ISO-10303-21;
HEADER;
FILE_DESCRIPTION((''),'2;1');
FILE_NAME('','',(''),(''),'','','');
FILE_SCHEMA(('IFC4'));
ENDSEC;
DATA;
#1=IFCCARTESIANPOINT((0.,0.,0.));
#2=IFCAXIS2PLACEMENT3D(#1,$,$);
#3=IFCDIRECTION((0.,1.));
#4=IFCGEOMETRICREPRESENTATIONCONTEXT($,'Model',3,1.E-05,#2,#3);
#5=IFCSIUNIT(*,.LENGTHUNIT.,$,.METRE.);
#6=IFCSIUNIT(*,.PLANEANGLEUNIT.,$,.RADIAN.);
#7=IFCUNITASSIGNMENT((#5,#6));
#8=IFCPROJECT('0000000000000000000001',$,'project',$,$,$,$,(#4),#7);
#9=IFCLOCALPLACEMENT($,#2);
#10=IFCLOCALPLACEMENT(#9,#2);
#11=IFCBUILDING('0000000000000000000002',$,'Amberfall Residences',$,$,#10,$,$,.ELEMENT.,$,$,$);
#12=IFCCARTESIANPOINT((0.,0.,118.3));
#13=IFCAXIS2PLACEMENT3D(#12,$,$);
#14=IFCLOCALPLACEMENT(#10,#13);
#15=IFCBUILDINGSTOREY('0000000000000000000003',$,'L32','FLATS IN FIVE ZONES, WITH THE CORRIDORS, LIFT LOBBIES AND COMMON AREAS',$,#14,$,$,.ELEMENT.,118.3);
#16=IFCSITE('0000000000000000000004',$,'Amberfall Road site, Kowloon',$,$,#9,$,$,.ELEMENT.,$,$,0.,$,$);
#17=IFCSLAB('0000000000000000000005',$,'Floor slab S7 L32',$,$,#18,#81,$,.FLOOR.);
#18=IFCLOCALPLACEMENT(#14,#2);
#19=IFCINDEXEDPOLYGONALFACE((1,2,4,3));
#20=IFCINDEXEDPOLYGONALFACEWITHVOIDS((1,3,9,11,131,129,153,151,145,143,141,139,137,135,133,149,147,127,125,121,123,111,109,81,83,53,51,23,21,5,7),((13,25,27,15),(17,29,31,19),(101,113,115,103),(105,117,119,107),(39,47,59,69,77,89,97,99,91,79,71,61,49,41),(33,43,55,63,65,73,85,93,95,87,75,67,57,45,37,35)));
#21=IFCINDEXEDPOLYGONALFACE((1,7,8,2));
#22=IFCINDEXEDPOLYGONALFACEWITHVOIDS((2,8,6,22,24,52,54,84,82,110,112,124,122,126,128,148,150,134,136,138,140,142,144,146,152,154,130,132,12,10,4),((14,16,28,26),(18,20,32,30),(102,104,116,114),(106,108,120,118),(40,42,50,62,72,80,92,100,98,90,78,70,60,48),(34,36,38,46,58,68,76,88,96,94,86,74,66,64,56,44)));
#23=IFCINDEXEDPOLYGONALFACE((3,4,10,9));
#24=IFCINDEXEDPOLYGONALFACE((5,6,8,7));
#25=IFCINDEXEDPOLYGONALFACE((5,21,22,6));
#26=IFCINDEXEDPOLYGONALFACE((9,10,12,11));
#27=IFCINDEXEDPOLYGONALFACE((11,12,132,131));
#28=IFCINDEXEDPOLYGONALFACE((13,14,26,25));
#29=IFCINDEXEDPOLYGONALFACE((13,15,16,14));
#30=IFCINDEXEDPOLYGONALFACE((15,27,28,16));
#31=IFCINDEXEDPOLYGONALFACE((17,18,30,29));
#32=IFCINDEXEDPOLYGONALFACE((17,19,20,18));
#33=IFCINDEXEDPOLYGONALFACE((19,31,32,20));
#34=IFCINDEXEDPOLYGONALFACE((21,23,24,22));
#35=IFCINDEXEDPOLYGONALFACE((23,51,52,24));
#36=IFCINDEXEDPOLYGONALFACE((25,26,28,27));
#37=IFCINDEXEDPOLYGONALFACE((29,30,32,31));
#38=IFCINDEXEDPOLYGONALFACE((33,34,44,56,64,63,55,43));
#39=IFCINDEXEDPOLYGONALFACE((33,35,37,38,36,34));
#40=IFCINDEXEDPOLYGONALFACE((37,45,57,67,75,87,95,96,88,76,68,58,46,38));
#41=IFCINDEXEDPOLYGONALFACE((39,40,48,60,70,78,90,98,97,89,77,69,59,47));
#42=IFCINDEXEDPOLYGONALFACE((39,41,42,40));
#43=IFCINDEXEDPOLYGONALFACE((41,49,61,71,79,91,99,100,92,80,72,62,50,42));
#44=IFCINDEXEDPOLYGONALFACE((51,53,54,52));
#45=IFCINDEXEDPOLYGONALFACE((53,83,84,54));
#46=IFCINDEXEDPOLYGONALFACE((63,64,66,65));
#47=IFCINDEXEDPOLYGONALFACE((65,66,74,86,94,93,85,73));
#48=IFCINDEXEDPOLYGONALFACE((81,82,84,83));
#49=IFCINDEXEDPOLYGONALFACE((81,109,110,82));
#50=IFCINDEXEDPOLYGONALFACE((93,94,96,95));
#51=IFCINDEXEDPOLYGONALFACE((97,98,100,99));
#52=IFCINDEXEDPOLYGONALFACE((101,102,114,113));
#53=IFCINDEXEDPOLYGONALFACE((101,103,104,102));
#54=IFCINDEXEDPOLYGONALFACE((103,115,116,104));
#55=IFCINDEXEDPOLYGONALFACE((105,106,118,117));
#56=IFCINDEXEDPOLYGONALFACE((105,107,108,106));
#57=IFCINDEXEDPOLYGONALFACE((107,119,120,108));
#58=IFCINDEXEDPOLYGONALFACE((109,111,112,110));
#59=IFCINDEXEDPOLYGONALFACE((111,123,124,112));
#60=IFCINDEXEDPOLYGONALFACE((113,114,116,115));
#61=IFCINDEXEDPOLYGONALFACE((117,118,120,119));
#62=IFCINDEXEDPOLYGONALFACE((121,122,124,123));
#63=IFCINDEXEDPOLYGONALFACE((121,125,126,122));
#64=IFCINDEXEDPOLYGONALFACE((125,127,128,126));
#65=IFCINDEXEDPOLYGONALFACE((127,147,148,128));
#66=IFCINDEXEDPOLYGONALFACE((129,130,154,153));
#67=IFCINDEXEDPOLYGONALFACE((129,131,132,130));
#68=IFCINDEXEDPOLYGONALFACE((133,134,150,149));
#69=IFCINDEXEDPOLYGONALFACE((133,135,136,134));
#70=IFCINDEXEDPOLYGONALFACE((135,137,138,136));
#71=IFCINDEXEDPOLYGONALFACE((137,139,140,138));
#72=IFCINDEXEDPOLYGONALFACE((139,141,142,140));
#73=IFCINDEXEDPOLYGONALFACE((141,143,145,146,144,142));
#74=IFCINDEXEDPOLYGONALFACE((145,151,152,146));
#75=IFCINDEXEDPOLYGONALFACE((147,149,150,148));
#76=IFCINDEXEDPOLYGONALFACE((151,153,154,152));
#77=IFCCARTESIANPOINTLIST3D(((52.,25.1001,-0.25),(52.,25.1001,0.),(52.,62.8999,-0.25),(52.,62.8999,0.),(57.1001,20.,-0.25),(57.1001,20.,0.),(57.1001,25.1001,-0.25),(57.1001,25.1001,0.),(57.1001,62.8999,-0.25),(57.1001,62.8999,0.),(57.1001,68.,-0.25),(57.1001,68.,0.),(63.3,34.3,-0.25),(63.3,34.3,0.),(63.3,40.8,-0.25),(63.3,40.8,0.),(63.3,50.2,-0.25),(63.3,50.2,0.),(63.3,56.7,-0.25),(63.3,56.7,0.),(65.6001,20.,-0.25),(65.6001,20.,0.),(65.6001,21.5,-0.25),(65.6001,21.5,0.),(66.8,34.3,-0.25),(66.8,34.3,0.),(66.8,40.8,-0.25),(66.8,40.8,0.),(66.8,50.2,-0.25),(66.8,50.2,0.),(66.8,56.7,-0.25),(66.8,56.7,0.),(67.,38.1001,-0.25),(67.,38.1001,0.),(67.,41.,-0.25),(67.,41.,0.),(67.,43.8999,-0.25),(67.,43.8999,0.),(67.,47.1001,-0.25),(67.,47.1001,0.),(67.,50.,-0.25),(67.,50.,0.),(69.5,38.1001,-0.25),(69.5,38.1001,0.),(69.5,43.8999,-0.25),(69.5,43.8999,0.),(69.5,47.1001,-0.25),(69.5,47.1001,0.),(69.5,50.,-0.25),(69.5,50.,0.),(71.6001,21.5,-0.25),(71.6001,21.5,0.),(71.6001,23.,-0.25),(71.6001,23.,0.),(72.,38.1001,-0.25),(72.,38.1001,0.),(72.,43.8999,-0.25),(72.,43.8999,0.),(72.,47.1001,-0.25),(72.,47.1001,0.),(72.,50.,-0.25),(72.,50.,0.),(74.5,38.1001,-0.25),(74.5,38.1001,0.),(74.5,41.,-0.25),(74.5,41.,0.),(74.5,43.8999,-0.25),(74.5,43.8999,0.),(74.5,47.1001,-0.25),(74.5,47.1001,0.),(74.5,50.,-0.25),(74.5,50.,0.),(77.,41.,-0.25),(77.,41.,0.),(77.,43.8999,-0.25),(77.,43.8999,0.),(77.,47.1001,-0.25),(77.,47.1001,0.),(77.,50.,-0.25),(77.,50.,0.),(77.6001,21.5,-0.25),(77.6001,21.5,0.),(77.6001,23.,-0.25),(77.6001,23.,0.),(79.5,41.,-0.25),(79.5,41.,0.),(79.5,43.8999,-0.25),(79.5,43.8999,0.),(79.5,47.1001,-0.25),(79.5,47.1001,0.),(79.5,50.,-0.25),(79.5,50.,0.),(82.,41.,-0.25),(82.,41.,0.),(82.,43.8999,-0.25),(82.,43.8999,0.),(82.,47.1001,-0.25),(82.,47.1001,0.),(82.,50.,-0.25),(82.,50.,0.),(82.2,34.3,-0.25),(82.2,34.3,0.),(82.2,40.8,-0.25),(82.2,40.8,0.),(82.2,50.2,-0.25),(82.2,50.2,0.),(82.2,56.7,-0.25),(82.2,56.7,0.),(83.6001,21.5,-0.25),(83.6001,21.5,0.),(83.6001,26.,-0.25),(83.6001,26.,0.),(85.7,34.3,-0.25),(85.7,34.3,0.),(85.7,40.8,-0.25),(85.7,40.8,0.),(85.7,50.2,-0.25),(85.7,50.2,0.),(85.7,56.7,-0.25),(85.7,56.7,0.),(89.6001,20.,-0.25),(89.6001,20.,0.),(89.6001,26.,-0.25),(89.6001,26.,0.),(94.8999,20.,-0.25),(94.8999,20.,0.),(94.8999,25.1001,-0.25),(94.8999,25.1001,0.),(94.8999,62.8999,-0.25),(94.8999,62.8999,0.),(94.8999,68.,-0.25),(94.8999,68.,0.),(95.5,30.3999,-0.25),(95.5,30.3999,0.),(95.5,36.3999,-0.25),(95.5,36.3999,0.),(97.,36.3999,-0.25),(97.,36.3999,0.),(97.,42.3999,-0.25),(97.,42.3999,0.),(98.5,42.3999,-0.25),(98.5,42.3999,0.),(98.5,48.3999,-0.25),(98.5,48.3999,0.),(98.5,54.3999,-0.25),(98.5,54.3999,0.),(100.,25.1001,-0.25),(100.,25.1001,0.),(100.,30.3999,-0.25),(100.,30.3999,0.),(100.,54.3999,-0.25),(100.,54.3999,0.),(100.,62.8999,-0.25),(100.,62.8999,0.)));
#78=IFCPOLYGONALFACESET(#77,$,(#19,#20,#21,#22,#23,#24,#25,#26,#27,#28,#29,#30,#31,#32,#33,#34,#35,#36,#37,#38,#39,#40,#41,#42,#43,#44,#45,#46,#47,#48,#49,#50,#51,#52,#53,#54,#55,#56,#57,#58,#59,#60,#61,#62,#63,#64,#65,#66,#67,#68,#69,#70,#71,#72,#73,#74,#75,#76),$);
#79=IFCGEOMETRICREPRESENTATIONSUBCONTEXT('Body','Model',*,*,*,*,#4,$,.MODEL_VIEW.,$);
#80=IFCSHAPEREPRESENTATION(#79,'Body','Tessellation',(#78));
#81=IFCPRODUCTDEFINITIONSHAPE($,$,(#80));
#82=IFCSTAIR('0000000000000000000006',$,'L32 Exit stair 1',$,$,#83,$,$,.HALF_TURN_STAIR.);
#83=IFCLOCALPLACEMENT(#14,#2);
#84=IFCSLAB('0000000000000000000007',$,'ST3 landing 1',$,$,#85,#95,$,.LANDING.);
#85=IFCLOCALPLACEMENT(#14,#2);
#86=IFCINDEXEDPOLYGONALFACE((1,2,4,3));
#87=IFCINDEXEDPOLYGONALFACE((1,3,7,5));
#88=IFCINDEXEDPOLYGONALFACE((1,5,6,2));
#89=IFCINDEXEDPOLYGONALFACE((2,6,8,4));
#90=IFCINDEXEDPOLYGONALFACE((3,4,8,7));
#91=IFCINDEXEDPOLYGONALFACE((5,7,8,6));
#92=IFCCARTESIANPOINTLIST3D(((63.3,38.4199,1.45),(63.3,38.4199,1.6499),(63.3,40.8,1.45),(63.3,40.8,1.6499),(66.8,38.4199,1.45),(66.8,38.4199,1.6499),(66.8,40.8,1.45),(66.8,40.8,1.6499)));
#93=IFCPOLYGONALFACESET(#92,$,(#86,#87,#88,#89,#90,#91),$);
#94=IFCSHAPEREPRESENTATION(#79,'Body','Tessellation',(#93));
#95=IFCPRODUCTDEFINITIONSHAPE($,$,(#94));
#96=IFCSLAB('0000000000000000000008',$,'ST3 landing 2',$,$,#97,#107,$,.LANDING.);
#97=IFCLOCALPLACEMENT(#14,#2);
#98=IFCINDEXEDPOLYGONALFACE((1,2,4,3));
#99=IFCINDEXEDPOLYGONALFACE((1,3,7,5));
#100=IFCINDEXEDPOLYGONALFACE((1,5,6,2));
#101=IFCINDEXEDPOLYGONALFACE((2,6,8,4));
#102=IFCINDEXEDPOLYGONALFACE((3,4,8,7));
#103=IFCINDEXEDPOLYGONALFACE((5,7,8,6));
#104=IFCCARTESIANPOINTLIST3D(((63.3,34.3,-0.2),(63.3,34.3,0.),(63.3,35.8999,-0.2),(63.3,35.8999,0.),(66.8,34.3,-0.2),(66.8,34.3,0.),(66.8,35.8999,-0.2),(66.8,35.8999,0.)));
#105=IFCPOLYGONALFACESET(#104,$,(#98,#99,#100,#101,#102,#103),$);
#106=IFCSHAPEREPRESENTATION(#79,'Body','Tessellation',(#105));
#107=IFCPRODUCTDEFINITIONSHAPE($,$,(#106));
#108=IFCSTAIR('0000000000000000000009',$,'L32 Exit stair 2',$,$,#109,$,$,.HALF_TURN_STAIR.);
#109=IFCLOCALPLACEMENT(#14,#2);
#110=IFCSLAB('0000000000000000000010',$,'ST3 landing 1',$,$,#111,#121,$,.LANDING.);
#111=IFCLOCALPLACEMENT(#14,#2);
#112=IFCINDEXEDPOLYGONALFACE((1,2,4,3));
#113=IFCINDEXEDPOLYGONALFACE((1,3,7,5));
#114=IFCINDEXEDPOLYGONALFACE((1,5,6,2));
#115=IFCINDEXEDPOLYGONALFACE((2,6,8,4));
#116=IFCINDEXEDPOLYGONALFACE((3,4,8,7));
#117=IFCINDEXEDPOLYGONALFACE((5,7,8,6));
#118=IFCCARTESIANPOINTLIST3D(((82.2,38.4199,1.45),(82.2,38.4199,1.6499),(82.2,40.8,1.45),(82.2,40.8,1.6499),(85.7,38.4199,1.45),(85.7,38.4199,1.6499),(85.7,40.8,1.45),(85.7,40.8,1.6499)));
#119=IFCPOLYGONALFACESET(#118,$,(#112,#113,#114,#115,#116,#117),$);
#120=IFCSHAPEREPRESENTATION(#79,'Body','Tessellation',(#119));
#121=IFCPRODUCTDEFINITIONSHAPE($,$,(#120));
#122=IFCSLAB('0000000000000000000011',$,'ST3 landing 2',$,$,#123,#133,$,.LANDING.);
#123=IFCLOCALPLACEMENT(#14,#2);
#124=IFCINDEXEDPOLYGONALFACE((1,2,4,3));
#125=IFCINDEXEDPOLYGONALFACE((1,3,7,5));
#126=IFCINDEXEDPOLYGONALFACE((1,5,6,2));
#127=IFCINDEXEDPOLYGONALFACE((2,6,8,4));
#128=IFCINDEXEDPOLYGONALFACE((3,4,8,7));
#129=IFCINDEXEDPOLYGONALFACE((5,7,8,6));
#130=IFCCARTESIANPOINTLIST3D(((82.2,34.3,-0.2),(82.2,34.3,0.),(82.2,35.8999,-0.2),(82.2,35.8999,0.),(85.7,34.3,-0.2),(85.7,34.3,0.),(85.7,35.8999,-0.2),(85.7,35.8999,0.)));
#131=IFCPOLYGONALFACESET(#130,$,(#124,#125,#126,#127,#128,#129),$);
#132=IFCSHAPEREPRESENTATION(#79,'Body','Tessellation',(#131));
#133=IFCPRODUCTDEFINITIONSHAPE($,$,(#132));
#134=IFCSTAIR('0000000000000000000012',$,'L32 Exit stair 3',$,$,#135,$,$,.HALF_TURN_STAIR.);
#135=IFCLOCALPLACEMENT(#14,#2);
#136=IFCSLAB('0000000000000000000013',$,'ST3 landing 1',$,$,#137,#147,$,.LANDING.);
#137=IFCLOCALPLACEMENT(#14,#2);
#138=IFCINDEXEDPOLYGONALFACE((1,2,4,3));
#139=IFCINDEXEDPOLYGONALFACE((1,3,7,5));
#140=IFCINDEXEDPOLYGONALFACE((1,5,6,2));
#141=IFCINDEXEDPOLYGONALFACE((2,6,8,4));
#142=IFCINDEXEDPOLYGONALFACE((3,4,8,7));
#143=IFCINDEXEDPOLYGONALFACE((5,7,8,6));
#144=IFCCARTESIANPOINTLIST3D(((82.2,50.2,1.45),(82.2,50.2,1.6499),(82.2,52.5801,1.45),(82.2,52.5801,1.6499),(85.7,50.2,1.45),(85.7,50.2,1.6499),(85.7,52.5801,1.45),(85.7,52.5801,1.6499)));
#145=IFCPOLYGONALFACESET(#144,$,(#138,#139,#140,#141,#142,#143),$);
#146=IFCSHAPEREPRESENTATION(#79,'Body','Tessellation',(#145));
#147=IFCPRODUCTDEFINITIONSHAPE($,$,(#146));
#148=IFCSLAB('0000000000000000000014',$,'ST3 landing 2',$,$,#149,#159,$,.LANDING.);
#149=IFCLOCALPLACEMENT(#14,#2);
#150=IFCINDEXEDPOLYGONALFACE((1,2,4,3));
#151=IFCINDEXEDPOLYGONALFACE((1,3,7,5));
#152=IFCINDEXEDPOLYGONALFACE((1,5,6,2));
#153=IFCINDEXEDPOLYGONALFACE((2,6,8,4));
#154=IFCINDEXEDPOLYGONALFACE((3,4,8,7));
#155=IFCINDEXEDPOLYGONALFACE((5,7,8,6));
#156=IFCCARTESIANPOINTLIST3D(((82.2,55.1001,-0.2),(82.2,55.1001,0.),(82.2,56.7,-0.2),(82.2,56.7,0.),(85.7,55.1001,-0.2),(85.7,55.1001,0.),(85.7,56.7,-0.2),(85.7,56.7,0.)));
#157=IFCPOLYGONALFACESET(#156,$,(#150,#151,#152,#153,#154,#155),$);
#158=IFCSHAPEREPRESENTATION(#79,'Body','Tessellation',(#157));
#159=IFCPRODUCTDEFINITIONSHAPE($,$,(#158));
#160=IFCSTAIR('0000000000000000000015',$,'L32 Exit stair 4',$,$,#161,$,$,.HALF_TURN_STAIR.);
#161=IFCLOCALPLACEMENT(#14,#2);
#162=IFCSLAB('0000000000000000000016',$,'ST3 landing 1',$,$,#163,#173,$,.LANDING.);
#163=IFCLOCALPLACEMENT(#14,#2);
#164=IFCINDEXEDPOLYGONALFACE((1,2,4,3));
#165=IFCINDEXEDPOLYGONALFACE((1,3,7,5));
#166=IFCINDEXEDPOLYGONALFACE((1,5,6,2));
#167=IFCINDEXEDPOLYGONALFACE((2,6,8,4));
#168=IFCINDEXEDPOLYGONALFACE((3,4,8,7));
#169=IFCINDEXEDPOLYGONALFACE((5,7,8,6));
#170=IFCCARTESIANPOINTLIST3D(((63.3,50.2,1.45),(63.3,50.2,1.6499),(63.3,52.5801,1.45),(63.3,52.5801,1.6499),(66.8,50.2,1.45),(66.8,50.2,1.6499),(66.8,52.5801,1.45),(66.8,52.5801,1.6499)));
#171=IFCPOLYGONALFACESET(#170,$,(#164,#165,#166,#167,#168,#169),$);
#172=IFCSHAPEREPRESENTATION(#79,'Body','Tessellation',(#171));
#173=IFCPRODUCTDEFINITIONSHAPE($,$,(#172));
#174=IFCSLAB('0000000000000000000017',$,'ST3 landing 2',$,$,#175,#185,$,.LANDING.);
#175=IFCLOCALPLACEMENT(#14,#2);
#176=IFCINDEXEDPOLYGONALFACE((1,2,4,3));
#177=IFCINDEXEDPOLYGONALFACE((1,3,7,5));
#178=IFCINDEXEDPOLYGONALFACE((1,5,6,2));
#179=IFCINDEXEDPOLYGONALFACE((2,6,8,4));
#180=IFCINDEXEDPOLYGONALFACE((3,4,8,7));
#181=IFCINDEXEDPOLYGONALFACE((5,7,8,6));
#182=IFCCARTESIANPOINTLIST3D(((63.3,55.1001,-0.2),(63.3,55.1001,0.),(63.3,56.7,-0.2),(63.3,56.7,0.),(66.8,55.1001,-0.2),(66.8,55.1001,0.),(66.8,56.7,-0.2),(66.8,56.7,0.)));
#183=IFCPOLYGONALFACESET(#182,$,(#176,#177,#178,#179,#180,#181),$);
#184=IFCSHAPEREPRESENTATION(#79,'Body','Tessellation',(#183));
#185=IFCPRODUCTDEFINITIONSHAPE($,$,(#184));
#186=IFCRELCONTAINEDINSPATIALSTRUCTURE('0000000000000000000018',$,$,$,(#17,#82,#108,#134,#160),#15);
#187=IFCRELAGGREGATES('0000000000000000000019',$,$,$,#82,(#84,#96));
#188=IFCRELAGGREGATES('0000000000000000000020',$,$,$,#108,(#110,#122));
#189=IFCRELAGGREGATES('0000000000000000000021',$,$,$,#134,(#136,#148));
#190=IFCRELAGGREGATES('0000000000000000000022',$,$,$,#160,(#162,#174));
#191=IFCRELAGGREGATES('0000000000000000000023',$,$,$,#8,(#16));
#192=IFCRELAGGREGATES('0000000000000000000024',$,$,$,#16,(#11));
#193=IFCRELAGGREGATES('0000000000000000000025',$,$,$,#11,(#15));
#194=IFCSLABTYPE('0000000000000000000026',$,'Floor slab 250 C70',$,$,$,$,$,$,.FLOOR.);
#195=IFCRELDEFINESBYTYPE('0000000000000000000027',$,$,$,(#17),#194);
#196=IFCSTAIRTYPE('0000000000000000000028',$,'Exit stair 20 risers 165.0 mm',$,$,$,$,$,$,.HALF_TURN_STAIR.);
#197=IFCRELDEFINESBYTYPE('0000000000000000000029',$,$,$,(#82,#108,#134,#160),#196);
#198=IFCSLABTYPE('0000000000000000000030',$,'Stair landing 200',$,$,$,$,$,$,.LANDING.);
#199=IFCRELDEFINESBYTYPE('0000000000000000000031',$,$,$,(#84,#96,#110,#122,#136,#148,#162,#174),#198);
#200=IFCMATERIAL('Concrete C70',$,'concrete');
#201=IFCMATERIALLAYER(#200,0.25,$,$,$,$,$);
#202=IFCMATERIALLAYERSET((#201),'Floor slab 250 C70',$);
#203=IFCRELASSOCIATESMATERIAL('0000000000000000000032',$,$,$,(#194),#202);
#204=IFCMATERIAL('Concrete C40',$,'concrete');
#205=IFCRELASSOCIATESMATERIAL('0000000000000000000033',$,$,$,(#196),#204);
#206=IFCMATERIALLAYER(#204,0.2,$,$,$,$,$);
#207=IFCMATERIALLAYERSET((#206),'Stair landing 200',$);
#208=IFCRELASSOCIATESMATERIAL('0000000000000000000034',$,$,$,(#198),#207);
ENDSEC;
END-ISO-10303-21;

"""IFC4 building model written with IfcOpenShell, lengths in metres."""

from ifc_helpers import new_model, si_unit, direction, frame, origin, place, context, subcontext, project, spatial, polyline, outline, extrude, material, layer, layer_set, type_object, element, aggregate, save


model = new_model("IFC4")

# Units and contexts
model_context = context("Model", 3, precision=1e-05, world=origin(), true_north=direction((0.0, 1.0)))
body_context = subcontext(model_context, "Body", "Model", "MODEL_VIEW")
ifc_project = project(units=[si_unit("LENGTHUNIT", "METRE"), si_unit("PLANEANGLEUNIT", "RADIAN")], contexts=[model_context])

# Site, building, storey
site_placement = place(None, origin())
site = spatial("IfcSite", under=ifc_project, at=site_placement, Name="Amberfall Road site, Kowloon", CompositionType="ELEMENT", RefElevation=0.0)
building_placement = place(site_placement, origin())
building = spatial("IfcBuilding", under=site, at=building_placement, Name="Amberfall Residences", CompositionType="ELEMENT")
storey_placement = place(building_placement, frame((0.0, 0.0, 118.3)))
storey = spatial("IfcBuildingStorey", under=building, at=storey_placement, Name="L32", Description="FLATS IN FIVE ZONES, WITH THE CORRIDORS, LIFT LOBBIES AND COMMON AREAS", CompositionType="ELEMENT", Elevation=118.3)

# Slab
ifc_material_1 = material(Name="Concrete C70", Category="concrete")
ifc_layer_1 = layer(ifc_material_1, 0.25)
ifc_layer_set_1 = layer_set([ifc_layer_1], Name="Floor slab 250 C70")
slab_type_1 = type_object("IfcSlabType", Name="Floor slab 250 C70", PredefinedType="FLOOR", material=ifc_layer_set_1)
slab_1_placement = place(storey_placement, frame((0.0, 0.0, -0.25)))
element("IfcSlab", 1, at=slab_1_placement, inside=storey, type_object=slab_type_1, Name="Floor slab S7 L32", PredefinedType="FLOOR", context=body_context, shape_type="SweptSolid", body=[
    extrude(outline(polyline([(89.6001, 20.0), (89.6001, 26.0), (83.6001, 26.0), (83.6001, 21.5), (77.6001, 21.5), (77.6001, 23.0), (71.6001, 23.0), (71.6001, 21.5), (65.6001, 21.5), (65.6001, 20.0), (57.1001, 20.0), (57.1001, 25.1001), (52.0, 25.1001), (52.0, 62.8999), (57.1001, 62.8999), (57.1001, 68.0), (94.8999, 68.0), (94.8999, 62.8999), (100.0, 62.8999), (100.0, 54.3999), (98.5, 54.3999), (98.5, 48.3999), (98.5, 42.3999), (97.0, 42.3999), (97.0, 36.3999), (95.5, 36.3999), (95.5, 30.3999), (100.0, 30.3999), (100.0, 25.1001), (94.8999, 25.1001), (94.8999, 20.0), (89.6001, 20.0)]), holes=[polyline([(85.7, 34.3), (85.7, 40.8), (82.2, 40.8), (82.2, 34.3), (85.7, 34.3)]), polyline([(82.2, 50.2), (85.7, 50.2), (85.7, 56.7), (82.2, 56.7), (82.2, 50.2)]), polyline([(69.5, 50.0), (67.0, 50.0), (67.0, 47.1001), (69.5, 47.1001), (72.0, 47.1001), (74.5, 47.1001), (77.0, 47.1001), (79.5, 47.1001), (82.0, 47.1001), (82.0, 50.0), (79.5, 50.0), (77.0, 50.0), (74.5, 50.0), (72.0, 50.0), (69.5, 50.0)]), polyline([(74.5, 41.0), (77.0, 41.0), (79.5, 41.0), (82.0, 41.0), (82.0, 43.8999), (79.5, 43.8999), (77.0, 43.8999), (74.5, 43.8999), (72.0, 43.8999), (69.5, 43.8999), (67.0, 43.8999), (67.0, 41.0), (67.0, 38.1001), (69.5, 38.1001), (72.0, 38.1001), (74.5, 38.1001), (74.5, 41.0)]), polyline([(66.8, 34.3), (66.8, 40.8), (63.3, 40.8), (63.3, 34.3), (66.8, 34.3)]), polyline([(66.8, 50.2), (66.8, 56.7), (63.3, 56.7), (63.3, 50.2), (66.8, 50.2)])]), origin(), (0.0, 0.0, 1.0), 0.25),
])

# Stairs, slabs
ifc_material_2 = material(Name="Concrete C40", Category="concrete")
stair_type = type_object("IfcStairType", Name="Exit stair 20 risers 165.0 mm", PredefinedType="HALF_TURN_STAIR", material=ifc_material_2)
stair_1_placement = place(storey_placement, origin())
stair_1 = element("IfcStair", 2, at=stair_1_placement, inside=storey, type_object=stair_type, Name="L32 Exit stair 1", PredefinedType="HALF_TURN_STAIR")
ifc_layer_2 = layer(ifc_material_2, 0.2)
ifc_layer_set_2 = layer_set([ifc_layer_2], Name="Stair landing 200")
slab_type_2 = type_object("IfcSlabType", Name="Stair landing 200", PredefinedType="LANDING", material=ifc_layer_set_2)
slab_2_placement = place(storey_placement, frame((0.0, 0.0, 1.45)))
slab_2 = element("IfcSlab", 3, at=slab_2_placement, type_object=slab_type_2, Name="ST3 landing 1", PredefinedType="LANDING", context=body_context, shape_type="SweptSolid", body=[
    extrude(outline(polyline([(66.8, 38.4199), (66.8, 40.8), (63.3, 40.8), (63.3, 38.4199), (66.8, 38.4199)])), origin(), (0.0, 0.0, 1.0), 0.2),
])
slab_3_placement = place(storey_placement, frame((0.0, 0.0, -0.2)))
slab_3 = element("IfcSlab", 4, at=slab_3_placement, type_object=slab_type_2, Name="ST3 landing 2", PredefinedType="LANDING", context=body_context, shape_type="SweptSolid", body=[
    extrude(outline(polyline([(66.8, 34.3), (66.8, 35.8999), (63.3, 35.8999), (63.3, 34.3), (66.8, 34.3)])), origin(), (0.0, 0.0, 1.0), 0.2),
])
aggregate(stair_1, [slab_2, slab_3])
stair_2_placement = place(storey_placement, origin())
stair_2 = element("IfcStair", 5, at=stair_2_placement, inside=storey, type_object=stair_type, Name="L32 Exit stair 2", PredefinedType="HALF_TURN_STAIR")
slab_4_placement = place(storey_placement, frame((0.0, 0.0, 1.45)))
slab_4 = element("IfcSlab", 6, at=slab_4_placement, type_object=slab_type_2, Name="ST3 landing 1", PredefinedType="LANDING", context=body_context, shape_type="SweptSolid", body=[
    extrude(outline(polyline([(85.7, 38.4199), (85.7, 40.8), (82.2, 40.8), (82.2, 38.4199), (85.7, 38.4199)])), origin(), (0.0, 0.0, 1.0), 0.2),
])
slab_5_placement = place(storey_placement, frame((0.0, 0.0, -0.2)))
slab_5 = element("IfcSlab", 7, at=slab_5_placement, type_object=slab_type_2, Name="ST3 landing 2", PredefinedType="LANDING", context=body_context, shape_type="SweptSolid", body=[
    extrude(outline(polyline([(85.7, 34.3), (85.7, 35.8999), (82.2, 35.8999), (82.2, 34.3), (85.7, 34.3)])), origin(), (0.0, 0.0, 1.0), 0.2),
])
aggregate(stair_2, [slab_4, slab_5])
stair_3_placement = place(storey_placement, origin())
stair_3 = element("IfcStair", 8, at=stair_3_placement, inside=storey, type_object=stair_type, Name="L32 Exit stair 3", PredefinedType="HALF_TURN_STAIR")
slab_6_placement = place(storey_placement, frame((0.0, 0.0, 1.45)))
slab_6 = element("IfcSlab", 9, at=slab_6_placement, type_object=slab_type_2, Name="ST3 landing 1", PredefinedType="LANDING", context=body_context, shape_type="SweptSolid", body=[
    extrude(outline(polyline([(82.2, 52.5801), (82.2, 50.2), (85.7, 50.2), (85.7, 52.5801), (82.2, 52.5801)])), origin(), (0.0, 0.0, 1.0), 0.2),
])
slab_7_placement = place(storey_placement, frame((0.0, 0.0, -0.2)))
slab_7 = element("IfcSlab", 10, at=slab_7_placement, type_object=slab_type_2, Name="ST3 landing 2", PredefinedType="LANDING", context=body_context, shape_type="SweptSolid", body=[
    extrude(outline(polyline([(82.2, 56.7), (82.2, 55.1001), (85.7, 55.1001), (85.7, 56.7), (82.2, 56.7)])), origin(), (0.0, 0.0, 1.0), 0.2),
])
aggregate(stair_3, [slab_6, slab_7])
stair_4_placement = place(storey_placement, origin())
stair_4 = element("IfcStair", 11, at=stair_4_placement, inside=storey, type_object=stair_type, Name="L32 Exit stair 4", PredefinedType="HALF_TURN_STAIR")
slab_8_placement = place(storey_placement, frame((0.0, 0.0, 1.45)))
slab_8 = element("IfcSlab", 12, at=slab_8_placement, type_object=slab_type_2, Name="ST3 landing 1", PredefinedType="LANDING", context=body_context, shape_type="SweptSolid", body=[
    extrude(outline(polyline([(63.3, 52.5801), (63.3, 50.2), (66.8, 50.2), (66.8, 52.5801), (63.3, 52.5801)])), origin(), (0.0, 0.0, 1.0), 0.2),
])
slab_9_placement = place(storey_placement, frame((0.0, 0.0, -0.2)))
slab_9 = element("IfcSlab", 13, at=slab_9_placement, type_object=slab_type_2, Name="ST3 landing 2", PredefinedType="LANDING", context=body_context, shape_type="SweptSolid", body=[
    extrude(outline(polyline([(63.3, 56.7), (63.3, 55.1001), (66.8, 55.1001), (66.8, 56.7), (63.3, 56.7)])), origin(), (0.0, 0.0, 1.0), 0.2),
])
aggregate(stair_4, [slab_8, slab_9])

save(model, "model.ifc")
